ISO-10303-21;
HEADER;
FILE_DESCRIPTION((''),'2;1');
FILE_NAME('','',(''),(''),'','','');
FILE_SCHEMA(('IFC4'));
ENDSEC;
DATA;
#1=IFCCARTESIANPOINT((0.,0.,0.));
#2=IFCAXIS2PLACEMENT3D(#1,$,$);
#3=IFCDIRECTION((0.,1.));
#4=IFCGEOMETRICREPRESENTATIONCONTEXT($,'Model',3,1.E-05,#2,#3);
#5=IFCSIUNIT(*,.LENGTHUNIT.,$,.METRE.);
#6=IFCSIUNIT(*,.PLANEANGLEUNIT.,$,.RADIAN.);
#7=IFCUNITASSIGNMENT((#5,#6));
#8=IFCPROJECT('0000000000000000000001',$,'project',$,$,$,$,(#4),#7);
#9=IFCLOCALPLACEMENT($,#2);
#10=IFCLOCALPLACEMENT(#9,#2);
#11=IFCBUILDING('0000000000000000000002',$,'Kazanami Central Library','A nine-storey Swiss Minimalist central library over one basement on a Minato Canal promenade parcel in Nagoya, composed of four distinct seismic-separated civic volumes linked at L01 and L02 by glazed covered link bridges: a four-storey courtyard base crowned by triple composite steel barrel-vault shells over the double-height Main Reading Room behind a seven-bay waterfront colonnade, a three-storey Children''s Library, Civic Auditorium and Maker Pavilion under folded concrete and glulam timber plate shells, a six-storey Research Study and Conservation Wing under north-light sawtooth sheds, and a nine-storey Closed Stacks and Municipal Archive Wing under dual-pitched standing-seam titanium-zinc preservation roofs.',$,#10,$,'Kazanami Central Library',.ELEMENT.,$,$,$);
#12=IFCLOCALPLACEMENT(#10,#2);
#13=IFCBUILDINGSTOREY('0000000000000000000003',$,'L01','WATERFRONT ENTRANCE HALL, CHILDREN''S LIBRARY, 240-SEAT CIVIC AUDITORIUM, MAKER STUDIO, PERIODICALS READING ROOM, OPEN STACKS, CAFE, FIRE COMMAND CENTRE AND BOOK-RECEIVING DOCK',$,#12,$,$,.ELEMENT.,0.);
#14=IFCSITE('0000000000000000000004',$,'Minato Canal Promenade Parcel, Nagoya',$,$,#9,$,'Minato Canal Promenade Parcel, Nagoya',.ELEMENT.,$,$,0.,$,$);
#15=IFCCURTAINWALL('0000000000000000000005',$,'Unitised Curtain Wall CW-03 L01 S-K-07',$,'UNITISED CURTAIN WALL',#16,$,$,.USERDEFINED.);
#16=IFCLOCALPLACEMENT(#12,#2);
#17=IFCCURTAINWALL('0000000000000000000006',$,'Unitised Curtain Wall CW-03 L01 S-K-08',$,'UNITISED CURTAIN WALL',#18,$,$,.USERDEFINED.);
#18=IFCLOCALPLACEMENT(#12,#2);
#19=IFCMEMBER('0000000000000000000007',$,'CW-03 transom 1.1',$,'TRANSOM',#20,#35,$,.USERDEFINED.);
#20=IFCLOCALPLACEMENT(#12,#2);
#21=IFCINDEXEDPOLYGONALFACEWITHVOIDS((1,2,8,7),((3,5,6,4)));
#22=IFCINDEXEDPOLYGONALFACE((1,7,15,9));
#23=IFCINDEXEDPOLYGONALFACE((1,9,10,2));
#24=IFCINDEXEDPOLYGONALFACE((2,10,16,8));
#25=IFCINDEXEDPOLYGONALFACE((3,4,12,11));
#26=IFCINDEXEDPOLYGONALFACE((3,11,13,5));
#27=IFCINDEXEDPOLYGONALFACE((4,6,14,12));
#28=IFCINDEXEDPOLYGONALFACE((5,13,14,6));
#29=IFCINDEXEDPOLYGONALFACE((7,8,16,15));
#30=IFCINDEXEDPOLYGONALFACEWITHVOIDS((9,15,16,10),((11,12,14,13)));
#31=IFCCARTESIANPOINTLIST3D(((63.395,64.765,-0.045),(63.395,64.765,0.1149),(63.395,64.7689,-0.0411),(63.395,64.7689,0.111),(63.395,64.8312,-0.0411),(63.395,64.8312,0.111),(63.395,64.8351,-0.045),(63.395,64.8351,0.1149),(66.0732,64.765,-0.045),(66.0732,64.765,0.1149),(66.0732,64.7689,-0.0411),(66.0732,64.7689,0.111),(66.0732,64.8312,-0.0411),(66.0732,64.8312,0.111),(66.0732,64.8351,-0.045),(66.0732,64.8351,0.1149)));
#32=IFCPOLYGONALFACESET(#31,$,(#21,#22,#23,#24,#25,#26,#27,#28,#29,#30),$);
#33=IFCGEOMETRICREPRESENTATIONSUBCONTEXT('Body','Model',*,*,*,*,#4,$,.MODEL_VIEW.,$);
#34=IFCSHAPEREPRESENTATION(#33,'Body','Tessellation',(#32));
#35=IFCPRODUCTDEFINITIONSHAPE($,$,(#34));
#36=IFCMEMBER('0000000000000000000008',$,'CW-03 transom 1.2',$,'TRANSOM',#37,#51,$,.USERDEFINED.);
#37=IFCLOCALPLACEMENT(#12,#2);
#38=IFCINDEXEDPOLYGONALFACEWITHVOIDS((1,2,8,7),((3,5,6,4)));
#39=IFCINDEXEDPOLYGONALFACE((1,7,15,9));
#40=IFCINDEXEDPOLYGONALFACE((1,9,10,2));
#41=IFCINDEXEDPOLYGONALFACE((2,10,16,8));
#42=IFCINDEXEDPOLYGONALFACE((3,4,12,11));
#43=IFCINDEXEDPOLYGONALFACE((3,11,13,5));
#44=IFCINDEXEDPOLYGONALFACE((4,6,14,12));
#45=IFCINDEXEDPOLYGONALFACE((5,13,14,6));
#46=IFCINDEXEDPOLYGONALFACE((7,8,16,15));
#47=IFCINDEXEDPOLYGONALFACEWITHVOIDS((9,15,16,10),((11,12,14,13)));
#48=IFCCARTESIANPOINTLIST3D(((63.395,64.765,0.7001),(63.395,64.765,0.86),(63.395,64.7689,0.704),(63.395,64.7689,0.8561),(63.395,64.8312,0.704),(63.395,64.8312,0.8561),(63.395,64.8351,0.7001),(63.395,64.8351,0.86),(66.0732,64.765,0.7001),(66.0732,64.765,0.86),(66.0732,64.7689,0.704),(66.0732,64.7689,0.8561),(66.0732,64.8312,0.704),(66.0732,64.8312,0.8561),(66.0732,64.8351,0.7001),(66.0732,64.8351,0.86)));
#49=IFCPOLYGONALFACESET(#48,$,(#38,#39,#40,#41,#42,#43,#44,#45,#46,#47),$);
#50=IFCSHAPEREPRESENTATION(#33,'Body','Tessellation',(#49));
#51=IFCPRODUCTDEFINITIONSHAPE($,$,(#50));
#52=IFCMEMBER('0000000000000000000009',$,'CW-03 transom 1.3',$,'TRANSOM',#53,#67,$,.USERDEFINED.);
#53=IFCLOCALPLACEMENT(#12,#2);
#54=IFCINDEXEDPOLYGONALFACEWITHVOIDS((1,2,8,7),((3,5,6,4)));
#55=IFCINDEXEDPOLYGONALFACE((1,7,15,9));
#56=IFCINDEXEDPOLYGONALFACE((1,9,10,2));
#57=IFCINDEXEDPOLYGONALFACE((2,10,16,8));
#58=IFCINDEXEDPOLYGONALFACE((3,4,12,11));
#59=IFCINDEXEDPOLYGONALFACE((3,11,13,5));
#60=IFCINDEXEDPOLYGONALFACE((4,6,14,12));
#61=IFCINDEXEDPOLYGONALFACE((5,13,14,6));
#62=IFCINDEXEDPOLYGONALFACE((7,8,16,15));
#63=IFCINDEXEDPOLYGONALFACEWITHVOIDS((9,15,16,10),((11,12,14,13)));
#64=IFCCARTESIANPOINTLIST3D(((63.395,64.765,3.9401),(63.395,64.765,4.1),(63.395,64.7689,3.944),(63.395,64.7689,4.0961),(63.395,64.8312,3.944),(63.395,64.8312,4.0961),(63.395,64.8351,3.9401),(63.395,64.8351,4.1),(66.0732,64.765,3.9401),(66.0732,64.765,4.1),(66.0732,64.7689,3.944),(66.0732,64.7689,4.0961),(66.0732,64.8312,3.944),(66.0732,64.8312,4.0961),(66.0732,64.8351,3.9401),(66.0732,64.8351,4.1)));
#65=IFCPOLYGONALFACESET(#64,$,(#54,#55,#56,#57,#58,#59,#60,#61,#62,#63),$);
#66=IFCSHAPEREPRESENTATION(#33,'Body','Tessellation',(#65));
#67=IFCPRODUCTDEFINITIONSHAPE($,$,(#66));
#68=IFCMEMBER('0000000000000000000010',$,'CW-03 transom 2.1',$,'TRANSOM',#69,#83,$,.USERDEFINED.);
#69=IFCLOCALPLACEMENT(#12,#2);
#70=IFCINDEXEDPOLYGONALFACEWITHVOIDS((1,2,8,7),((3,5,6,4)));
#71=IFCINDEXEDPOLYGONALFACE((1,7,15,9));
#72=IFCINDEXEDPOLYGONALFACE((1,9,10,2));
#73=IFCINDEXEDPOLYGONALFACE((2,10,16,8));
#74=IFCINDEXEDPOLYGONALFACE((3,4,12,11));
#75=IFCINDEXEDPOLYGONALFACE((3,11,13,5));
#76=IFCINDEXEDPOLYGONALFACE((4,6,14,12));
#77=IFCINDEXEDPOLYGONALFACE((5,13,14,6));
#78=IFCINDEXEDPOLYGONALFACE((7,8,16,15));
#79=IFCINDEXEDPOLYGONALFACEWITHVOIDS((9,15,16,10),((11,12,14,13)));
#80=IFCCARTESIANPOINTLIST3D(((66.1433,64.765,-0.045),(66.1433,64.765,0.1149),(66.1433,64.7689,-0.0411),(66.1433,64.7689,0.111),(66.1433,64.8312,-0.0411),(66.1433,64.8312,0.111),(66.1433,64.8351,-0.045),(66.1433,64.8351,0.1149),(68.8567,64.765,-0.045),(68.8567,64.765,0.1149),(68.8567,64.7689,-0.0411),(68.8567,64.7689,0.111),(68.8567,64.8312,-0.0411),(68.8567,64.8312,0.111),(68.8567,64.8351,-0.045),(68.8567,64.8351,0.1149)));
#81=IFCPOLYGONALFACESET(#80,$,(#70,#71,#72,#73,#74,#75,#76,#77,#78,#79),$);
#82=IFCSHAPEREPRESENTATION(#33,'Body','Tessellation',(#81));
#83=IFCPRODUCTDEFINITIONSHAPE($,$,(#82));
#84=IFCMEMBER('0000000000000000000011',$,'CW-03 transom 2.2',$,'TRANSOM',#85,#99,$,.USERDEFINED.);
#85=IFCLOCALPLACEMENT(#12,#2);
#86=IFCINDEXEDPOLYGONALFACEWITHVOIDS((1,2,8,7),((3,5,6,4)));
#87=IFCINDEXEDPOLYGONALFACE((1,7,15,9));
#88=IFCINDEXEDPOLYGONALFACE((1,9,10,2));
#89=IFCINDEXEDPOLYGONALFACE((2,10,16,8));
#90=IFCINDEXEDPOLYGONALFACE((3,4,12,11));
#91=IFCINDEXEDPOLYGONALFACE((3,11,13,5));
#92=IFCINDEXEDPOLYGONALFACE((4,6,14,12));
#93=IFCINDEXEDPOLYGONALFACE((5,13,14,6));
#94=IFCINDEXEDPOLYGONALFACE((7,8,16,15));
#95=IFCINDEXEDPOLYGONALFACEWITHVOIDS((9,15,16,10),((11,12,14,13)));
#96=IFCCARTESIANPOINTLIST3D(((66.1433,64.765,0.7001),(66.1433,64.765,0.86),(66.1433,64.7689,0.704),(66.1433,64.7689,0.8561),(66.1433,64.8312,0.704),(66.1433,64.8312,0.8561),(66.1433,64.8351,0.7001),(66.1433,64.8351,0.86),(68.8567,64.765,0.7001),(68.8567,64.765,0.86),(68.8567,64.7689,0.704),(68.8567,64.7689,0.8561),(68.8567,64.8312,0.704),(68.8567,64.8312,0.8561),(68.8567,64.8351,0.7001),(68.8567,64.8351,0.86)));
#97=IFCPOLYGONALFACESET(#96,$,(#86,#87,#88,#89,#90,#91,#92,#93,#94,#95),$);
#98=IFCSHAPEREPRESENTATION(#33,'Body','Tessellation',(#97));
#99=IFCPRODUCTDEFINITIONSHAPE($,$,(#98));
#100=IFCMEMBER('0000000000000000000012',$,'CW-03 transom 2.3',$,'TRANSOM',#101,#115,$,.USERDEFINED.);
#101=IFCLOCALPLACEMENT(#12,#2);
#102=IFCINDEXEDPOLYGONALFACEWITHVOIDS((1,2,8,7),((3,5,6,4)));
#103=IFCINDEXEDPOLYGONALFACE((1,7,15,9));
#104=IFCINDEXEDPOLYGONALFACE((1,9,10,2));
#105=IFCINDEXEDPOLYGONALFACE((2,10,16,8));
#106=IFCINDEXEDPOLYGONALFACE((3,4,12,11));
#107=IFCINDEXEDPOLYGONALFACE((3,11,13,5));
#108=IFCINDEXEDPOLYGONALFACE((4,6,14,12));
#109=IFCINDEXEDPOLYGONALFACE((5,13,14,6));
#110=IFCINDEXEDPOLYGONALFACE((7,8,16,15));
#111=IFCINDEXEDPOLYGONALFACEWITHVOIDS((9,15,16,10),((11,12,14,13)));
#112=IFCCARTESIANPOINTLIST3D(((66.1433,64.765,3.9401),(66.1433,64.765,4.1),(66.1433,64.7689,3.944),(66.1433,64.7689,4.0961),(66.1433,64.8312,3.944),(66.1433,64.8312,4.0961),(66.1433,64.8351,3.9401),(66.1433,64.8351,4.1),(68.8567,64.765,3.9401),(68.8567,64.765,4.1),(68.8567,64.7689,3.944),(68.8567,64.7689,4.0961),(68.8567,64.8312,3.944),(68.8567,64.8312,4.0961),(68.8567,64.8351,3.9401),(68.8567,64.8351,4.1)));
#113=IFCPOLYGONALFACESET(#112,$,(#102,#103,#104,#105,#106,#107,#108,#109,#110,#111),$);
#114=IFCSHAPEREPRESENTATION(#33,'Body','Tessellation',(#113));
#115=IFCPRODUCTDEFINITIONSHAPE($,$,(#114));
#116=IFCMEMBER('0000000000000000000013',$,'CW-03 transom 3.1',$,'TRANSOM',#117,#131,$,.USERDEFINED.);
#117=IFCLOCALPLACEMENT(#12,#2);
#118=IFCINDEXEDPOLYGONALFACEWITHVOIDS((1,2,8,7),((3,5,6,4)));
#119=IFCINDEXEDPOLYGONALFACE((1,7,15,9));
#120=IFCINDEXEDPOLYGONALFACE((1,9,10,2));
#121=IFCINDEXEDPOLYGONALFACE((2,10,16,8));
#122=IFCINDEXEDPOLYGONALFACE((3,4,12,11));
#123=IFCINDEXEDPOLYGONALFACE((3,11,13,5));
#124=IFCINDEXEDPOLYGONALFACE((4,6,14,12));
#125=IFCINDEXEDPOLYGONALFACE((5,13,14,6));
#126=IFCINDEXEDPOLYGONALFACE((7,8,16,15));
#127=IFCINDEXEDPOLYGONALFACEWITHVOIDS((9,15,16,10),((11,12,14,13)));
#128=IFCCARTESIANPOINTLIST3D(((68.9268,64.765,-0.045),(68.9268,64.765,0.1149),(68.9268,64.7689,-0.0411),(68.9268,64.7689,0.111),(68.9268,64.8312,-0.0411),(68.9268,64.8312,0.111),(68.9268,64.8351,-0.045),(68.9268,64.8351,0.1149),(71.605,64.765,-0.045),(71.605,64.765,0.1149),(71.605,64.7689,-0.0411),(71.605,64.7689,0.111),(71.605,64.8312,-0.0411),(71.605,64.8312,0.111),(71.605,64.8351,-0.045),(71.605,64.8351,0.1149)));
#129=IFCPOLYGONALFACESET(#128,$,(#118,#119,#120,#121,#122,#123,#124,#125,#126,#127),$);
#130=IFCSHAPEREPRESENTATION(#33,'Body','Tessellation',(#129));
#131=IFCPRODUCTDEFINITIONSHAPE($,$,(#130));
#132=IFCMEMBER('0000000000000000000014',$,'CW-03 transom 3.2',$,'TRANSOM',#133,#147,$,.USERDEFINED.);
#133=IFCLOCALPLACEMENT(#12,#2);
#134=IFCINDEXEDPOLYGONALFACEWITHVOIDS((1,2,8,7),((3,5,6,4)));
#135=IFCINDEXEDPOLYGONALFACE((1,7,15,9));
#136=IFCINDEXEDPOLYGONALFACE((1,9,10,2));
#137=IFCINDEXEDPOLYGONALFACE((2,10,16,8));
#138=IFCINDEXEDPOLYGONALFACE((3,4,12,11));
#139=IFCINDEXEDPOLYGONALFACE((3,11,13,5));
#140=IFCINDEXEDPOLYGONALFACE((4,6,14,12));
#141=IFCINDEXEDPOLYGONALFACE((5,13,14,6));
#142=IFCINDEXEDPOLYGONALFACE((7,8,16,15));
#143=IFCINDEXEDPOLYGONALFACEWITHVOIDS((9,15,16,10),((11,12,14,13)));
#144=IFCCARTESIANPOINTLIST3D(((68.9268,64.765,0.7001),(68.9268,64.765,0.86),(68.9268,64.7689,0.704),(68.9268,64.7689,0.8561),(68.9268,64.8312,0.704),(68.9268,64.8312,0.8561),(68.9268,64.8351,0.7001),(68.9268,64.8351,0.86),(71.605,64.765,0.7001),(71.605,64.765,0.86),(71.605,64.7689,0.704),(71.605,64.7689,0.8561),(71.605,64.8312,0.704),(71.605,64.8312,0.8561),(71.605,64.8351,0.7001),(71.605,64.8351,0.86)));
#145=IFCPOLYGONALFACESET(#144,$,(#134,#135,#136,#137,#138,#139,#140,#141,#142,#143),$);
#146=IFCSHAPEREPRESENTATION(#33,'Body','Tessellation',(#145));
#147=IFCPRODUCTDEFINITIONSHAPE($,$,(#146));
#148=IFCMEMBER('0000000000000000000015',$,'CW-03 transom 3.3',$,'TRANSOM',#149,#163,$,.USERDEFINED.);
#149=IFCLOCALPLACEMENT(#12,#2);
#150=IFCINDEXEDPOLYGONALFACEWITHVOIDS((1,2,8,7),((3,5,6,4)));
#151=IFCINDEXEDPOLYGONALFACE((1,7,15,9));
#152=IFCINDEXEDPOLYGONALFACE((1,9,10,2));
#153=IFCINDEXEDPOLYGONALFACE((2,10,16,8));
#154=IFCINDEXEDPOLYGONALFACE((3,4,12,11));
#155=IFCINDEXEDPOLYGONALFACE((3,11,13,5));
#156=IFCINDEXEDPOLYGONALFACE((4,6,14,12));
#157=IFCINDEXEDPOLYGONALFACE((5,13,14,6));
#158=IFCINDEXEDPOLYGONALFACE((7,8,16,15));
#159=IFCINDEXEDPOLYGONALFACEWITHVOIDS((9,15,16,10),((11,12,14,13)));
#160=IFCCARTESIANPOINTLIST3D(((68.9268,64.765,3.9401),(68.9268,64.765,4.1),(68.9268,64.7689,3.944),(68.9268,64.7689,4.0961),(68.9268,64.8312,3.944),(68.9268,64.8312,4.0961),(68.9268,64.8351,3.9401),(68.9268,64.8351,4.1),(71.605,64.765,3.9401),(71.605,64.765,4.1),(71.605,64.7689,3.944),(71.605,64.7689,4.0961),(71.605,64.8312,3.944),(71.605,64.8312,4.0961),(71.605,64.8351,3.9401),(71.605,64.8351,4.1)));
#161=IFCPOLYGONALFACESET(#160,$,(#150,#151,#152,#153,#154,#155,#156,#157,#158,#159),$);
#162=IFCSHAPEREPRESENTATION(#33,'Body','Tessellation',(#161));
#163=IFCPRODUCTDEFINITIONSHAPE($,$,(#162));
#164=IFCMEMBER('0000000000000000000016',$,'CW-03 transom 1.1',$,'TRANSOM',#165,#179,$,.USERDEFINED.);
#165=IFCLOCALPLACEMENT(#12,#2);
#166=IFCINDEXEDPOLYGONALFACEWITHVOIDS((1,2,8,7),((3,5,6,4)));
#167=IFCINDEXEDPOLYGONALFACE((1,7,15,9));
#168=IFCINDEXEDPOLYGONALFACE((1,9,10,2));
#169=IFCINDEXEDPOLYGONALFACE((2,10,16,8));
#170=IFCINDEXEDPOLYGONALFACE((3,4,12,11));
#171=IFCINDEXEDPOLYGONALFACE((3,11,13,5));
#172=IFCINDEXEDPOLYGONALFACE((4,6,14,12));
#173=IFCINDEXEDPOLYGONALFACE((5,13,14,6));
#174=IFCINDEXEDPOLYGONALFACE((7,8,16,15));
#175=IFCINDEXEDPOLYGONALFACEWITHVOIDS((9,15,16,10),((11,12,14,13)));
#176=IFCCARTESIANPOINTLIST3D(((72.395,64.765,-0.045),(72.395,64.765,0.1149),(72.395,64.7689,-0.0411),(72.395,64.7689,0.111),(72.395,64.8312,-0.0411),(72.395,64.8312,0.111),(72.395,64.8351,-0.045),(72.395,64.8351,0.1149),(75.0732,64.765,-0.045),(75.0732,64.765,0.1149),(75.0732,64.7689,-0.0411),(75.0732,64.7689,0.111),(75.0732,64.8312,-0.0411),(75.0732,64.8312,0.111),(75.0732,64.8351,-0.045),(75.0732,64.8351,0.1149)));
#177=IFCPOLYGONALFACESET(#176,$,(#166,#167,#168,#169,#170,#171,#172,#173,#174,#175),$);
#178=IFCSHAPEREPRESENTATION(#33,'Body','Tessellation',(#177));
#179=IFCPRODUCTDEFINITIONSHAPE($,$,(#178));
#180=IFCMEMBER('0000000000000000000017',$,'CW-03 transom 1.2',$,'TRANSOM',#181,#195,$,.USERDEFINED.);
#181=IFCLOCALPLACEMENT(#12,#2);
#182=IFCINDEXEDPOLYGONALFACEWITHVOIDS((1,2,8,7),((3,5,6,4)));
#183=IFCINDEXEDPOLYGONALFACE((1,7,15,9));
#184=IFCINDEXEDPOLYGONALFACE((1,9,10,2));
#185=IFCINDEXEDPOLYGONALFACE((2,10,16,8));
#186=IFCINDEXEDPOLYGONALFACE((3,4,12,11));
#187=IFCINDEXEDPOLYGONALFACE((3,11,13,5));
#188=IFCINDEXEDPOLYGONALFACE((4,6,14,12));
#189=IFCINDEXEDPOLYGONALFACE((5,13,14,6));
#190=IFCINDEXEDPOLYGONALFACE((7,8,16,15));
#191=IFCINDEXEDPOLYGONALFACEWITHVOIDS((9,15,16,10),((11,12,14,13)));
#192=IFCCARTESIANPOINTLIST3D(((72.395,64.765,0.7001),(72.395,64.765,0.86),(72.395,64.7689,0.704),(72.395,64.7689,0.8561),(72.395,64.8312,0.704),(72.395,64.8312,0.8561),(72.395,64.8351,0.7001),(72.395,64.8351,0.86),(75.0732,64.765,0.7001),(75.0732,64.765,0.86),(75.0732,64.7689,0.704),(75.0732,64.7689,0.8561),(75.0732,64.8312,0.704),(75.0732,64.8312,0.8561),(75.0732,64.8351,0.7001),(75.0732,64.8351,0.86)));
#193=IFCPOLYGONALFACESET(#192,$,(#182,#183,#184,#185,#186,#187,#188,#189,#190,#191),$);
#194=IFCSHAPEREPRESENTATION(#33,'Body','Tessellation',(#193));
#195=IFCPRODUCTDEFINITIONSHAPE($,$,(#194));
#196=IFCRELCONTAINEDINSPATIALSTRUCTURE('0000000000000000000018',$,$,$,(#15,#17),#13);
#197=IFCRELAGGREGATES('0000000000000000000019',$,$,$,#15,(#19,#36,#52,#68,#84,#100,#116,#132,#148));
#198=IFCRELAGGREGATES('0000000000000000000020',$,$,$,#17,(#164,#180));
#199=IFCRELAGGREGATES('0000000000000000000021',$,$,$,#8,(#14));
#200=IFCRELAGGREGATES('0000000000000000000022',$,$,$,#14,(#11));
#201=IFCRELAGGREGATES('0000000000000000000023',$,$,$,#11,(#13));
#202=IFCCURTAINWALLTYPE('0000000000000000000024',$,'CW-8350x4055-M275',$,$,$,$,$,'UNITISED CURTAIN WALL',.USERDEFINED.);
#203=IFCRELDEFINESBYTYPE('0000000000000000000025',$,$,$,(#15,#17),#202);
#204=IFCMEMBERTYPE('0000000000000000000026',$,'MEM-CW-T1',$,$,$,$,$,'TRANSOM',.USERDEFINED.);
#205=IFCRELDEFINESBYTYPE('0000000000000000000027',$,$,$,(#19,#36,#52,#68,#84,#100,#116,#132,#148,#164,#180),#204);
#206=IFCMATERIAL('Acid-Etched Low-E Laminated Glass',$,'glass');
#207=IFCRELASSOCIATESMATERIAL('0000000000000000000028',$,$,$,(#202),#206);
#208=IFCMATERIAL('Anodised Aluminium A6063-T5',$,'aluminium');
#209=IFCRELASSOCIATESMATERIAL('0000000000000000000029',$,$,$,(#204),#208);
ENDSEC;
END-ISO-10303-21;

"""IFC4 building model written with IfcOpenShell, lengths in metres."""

from ifc_helpers import new_model, si_unit, direction, frame, origin, origin_2d, place, context, subcontext, project, spatial, hollow_rectangle, extrude, material, material_profile, profile_set, type_object, element, aggregate, save


model = new_model("IFC4")

# Units and contexts
model_context = context("Model", 3, precision=1e-05, world=origin(), true_north=direction((0.0, 1.0)))
body_context = subcontext(model_context, "Body", "Model", "MODEL_VIEW")
ifc_project = project(units=[si_unit("LENGTHUNIT", "METRE"), si_unit("PLANEANGLEUNIT", "RADIAN")], contexts=[model_context])

# Site, building, storey
site_placement = place(None, origin())
site = spatial("IfcSite", under=ifc_project, at=site_placement, Name="Minato Canal Promenade Parcel, Nagoya", LongName="Minato Canal Promenade Parcel, Nagoya", CompositionType="ELEMENT", RefElevation=0.0)
building_placement = place(site_placement, origin())
building = spatial("IfcBuilding", under=site, at=building_placement, Name="Kazanami Central Library", Description="A nine-storey Swiss Minimalist central library over one basement on a Minato Canal promenade parcel in Nagoya, composed of four distinct seismic-separated civic volumes linked at L01 and L02 by glazed covered link bridges: a four-storey courtyard base crowned by triple composite steel barrel-vault shells over the double-height Main Reading Room behind a seven-bay waterfront colonnade, a three-storey Children's Library, Civic Auditorium and Maker Pavilion under folded concrete and glulam timber plate shells, a six-storey Research Study and Conservation Wing under north-light sawtooth sheds, and a nine-storey Closed Stacks and Municipal Archive Wing under dual-pitched standing-seam titanium-zinc preservation roofs.", LongName="Kazanami Central Library", CompositionType="ELEMENT")
storey_placement = place(building_placement, origin())
storey = spatial("IfcBuildingStorey", under=building, at=storey_placement, Name="L01", Description="WATERFRONT ENTRANCE HALL, CHILDREN'S LIBRARY, 240-SEAT CIVIC AUDITORIUM, MAKER STUDIO, PERIODICALS READING ROOM, OPEN STACKS, CAFE, FIRE COMMAND CENTRE AND BOOK-RECEIVING DOCK", CompositionType="ELEMENT", Elevation=0.0)

# Curtain walls
ifc_material_1 = material(Name="Acid-Etched Low-E Laminated Glass", Category="glass")
curtain_wall_type = type_object("IfcCurtainWallType", Name="CW-8350x4055-M275", ElementType="UNITISED CURTAIN WALL", PredefinedType="USERDEFINED", material=ifc_material_1)
curtain_wall_1_placement = place(storey_placement, origin())
curtain_wall_1 = element("IfcCurtainWall", 1, at=curtain_wall_1_placement, inside=storey, type_object=curtain_wall_type, Name="Unitised Curtain Wall CW-03 L01 S-K-07", ObjectType="UNITISED CURTAIN WALL", PredefinedType="USERDEFINED")
ifc_material_2 = material(Name="Anodised Aluminium A6063-T5", Category="aluminium")
curtain_wall_2_placement = place(storey_placement, origin())
curtain_wall_2 = element("IfcCurtainWall", 2, at=curtain_wall_2_placement, inside=storey, type_object=curtain_wall_type, Name="Unitised Curtain Wall CW-03 L01 S-K-08", ObjectType="UNITISED CURTAIN WALL", PredefinedType="USERDEFINED")

# Members
ifc_material_profile_1 = material_profile(ifc_material_2, hollow_rectangle(XDim=0.0701, YDim=0.1599, WallThickness=0.0039, at=origin_2d()), Name="ALU-TRAN-70x160x4")
ifc_profile_set_1 = profile_set([ifc_material_profile_1], Name="Anodised Aluminium A6063-T5")
member_type_1 = type_object("IfcMemberType", Name="MEM-CW-T1", ElementType="TRANSOM", PredefinedType="USERDEFINED", material=ifc_profile_set_1)
member_1_placement = place(storey_placement, frame((63.395, 64.8, 0.0349), z_axis=(1.0, 0.0, 0.0), x_axis=(0.0, 1.0, 0.0)))
member_1 = element("IfcMember", 3, at=member_1_placement, type_object=member_type_1, Name="CW-03 transom 1.1", ObjectType="TRANSOM", PredefinedType="USERDEFINED", context=body_context, shape_type="SweptSolid", body=[
    extrude(hollow_rectangle(XDim=0.0701, YDim=0.1599, WallThickness=0.0039, at=origin_2d()), origin(), (0.0, 0.0, 1.0), 2.6782),
])
member_2_placement = place(storey_placement, frame((63.395, 64.8, 0.78), z_axis=(1.0, 0.0, 0.0), x_axis=(0.0, 1.0, 0.0)))
member_2 = element("IfcMember", 4, at=member_2_placement, type_object=member_type_1, Name="CW-03 transom 1.2", ObjectType="TRANSOM", PredefinedType="USERDEFINED", context=body_context, shape_type="SweptSolid", body=[
    extrude(hollow_rectangle(XDim=0.0701, YDim=0.1599, WallThickness=0.0039, at=origin_2d()), origin(), (0.0, 0.0, 1.0), 2.6782),
])
member_3_placement = place(storey_placement, frame((63.395, 64.8, 4.02), z_axis=(1.0, 0.0, 0.0), x_axis=(0.0, 1.0, 0.0)))
member_3 = element("IfcMember", 5, at=member_3_placement, type_object=member_type_1, Name="CW-03 transom 1.3", ObjectType="TRANSOM", PredefinedType="USERDEFINED", context=body_context, shape_type="SweptSolid", body=[
    extrude(hollow_rectangle(XDim=0.0701, YDim=0.1599, WallThickness=0.0039, at=origin_2d()), origin(), (0.0, 0.0, 1.0), 2.6782),
])
member_4_placement = place(storey_placement, frame((66.1433, 64.8, 0.0349), z_axis=(1.0, 0.0, 0.0), x_axis=(0.0, 1.0, 0.0)))
member_4 = element("IfcMember", 6, at=member_4_placement, type_object=member_type_1, Name="CW-03 transom 2.1", ObjectType="TRANSOM", PredefinedType="USERDEFINED", context=body_context, shape_type="SweptSolid", body=[
    extrude(hollow_rectangle(XDim=0.0701, YDim=0.1599, WallThickness=0.0039, at=origin_2d()), origin(), (0.0, 0.0, 1.0), 2.7134),
])
member_5_placement = place(storey_placement, frame((66.1433, 64.8, 0.78), z_axis=(1.0, 0.0, 0.0), x_axis=(0.0, 1.0, 0.0)))
member_5 = element("IfcMember", 7, at=member_5_placement, type_object=member_type_1, Name="CW-03 transom 2.2", ObjectType="TRANSOM", PredefinedType="USERDEFINED", context=body_context, shape_type="SweptSolid", body=[
    extrude(hollow_rectangle(XDim=0.0701, YDim=0.1599, WallThickness=0.0039, at=origin_2d()), origin(), (0.0, 0.0, 1.0), 2.7134),
])
member_6_placement = place(storey_placement, frame((66.1433, 64.8, 4.02), z_axis=(1.0, 0.0, 0.0), x_axis=(0.0, 1.0, 0.0)))
member_6 = element("IfcMember", 8, at=member_6_placement, type_object=member_type_1, Name="CW-03 transom 2.3", ObjectType="TRANSOM", PredefinedType="USERDEFINED", context=body_context, shape_type="SweptSolid", body=[
    extrude(hollow_rectangle(XDim=0.0701, YDim=0.1599, WallThickness=0.0039, at=origin_2d()), origin(), (0.0, 0.0, 1.0), 2.7134),
])
member_7_placement = place(storey_placement, frame((68.9268, 64.8, 0.0349), z_axis=(1.0, 0.0, 0.0), x_axis=(0.0, 1.0, 0.0)))
member_7 = element("IfcMember", 9, at=member_7_placement, type_object=member_type_1, Name="CW-03 transom 3.1", ObjectType="TRANSOM", PredefinedType="USERDEFINED", context=body_context, shape_type="SweptSolid", body=[
    extrude(hollow_rectangle(XDim=0.0701, YDim=0.1599, WallThickness=0.0039, at=origin_2d()), origin(), (0.0, 0.0, 1.0), 2.6782),
])
member_8_placement = place(storey_placement, frame((68.9268, 64.8, 0.78), z_axis=(1.0, 0.0, 0.0), x_axis=(0.0, 1.0, 0.0)))
member_8 = element("IfcMember", 10, at=member_8_placement, type_object=member_type_1, Name="CW-03 transom 3.2", ObjectType="TRANSOM", PredefinedType="USERDEFINED", context=body_context, shape_type="SweptSolid", body=[
    extrude(hollow_rectangle(XDim=0.0701, YDim=0.1599, WallThickness=0.0039, at=origin_2d()), origin(), (0.0, 0.0, 1.0), 2.6782),
])
member_9_placement = place(storey_placement, frame((68.9268, 64.8, 4.02), z_axis=(1.0, 0.0, 0.0), x_axis=(0.0, 1.0, 0.0)))
member_9 = element("IfcMember", 11, at=member_9_placement, type_object=member_type_1, Name="CW-03 transom 3.3", ObjectType="TRANSOM", PredefinedType="USERDEFINED", context=body_context, shape_type="SweptSolid", body=[
    extrude(hollow_rectangle(XDim=0.0701, YDim=0.1599, WallThickness=0.0039, at=origin_2d()), origin(), (0.0, 0.0, 1.0), 2.6782),
])
member_10_placement = place(storey_placement, frame((72.395, 64.8, 0.0349), z_axis=(1.0, 0.0, 0.0), x_axis=(0.0, 1.0, 0.0)))
member_10 = element("IfcMember", 12, at=member_10_placement, type_object=member_type_1, Name="CW-03 transom 1.1", ObjectType="TRANSOM", PredefinedType="USERDEFINED", context=body_context, shape_type="SweptSolid", body=[
    extrude(hollow_rectangle(XDim=0.0701, YDim=0.1599, WallThickness=0.0039, at=origin_2d()), origin(), (0.0, 0.0, 1.0), 2.6782),
])
member_11_placement = place(storey_placement, frame((72.395, 64.8, 0.78), z_axis=(1.0, 0.0, 0.0), x_axis=(0.0, 1.0, 0.0)))
member_11 = element("IfcMember", 13, at=member_11_placement, type_object=member_type_1, Name="CW-03 transom 1.2", ObjectType="TRANSOM", PredefinedType="USERDEFINED", context=body_context, shape_type="SweptSolid", body=[
    extrude(hollow_rectangle(XDim=0.0701, YDim=0.1599, WallThickness=0.0039, at=origin_2d()), origin(), (0.0, 0.0, 1.0), 2.6782),
])

aggregate(curtain_wall_1, [member_1, member_2, member_3, member_4, member_5, member_6, member_7, member_8, member_9])
aggregate(curtain_wall_2, [member_10, member_11])

save(model, "model.ifc")
